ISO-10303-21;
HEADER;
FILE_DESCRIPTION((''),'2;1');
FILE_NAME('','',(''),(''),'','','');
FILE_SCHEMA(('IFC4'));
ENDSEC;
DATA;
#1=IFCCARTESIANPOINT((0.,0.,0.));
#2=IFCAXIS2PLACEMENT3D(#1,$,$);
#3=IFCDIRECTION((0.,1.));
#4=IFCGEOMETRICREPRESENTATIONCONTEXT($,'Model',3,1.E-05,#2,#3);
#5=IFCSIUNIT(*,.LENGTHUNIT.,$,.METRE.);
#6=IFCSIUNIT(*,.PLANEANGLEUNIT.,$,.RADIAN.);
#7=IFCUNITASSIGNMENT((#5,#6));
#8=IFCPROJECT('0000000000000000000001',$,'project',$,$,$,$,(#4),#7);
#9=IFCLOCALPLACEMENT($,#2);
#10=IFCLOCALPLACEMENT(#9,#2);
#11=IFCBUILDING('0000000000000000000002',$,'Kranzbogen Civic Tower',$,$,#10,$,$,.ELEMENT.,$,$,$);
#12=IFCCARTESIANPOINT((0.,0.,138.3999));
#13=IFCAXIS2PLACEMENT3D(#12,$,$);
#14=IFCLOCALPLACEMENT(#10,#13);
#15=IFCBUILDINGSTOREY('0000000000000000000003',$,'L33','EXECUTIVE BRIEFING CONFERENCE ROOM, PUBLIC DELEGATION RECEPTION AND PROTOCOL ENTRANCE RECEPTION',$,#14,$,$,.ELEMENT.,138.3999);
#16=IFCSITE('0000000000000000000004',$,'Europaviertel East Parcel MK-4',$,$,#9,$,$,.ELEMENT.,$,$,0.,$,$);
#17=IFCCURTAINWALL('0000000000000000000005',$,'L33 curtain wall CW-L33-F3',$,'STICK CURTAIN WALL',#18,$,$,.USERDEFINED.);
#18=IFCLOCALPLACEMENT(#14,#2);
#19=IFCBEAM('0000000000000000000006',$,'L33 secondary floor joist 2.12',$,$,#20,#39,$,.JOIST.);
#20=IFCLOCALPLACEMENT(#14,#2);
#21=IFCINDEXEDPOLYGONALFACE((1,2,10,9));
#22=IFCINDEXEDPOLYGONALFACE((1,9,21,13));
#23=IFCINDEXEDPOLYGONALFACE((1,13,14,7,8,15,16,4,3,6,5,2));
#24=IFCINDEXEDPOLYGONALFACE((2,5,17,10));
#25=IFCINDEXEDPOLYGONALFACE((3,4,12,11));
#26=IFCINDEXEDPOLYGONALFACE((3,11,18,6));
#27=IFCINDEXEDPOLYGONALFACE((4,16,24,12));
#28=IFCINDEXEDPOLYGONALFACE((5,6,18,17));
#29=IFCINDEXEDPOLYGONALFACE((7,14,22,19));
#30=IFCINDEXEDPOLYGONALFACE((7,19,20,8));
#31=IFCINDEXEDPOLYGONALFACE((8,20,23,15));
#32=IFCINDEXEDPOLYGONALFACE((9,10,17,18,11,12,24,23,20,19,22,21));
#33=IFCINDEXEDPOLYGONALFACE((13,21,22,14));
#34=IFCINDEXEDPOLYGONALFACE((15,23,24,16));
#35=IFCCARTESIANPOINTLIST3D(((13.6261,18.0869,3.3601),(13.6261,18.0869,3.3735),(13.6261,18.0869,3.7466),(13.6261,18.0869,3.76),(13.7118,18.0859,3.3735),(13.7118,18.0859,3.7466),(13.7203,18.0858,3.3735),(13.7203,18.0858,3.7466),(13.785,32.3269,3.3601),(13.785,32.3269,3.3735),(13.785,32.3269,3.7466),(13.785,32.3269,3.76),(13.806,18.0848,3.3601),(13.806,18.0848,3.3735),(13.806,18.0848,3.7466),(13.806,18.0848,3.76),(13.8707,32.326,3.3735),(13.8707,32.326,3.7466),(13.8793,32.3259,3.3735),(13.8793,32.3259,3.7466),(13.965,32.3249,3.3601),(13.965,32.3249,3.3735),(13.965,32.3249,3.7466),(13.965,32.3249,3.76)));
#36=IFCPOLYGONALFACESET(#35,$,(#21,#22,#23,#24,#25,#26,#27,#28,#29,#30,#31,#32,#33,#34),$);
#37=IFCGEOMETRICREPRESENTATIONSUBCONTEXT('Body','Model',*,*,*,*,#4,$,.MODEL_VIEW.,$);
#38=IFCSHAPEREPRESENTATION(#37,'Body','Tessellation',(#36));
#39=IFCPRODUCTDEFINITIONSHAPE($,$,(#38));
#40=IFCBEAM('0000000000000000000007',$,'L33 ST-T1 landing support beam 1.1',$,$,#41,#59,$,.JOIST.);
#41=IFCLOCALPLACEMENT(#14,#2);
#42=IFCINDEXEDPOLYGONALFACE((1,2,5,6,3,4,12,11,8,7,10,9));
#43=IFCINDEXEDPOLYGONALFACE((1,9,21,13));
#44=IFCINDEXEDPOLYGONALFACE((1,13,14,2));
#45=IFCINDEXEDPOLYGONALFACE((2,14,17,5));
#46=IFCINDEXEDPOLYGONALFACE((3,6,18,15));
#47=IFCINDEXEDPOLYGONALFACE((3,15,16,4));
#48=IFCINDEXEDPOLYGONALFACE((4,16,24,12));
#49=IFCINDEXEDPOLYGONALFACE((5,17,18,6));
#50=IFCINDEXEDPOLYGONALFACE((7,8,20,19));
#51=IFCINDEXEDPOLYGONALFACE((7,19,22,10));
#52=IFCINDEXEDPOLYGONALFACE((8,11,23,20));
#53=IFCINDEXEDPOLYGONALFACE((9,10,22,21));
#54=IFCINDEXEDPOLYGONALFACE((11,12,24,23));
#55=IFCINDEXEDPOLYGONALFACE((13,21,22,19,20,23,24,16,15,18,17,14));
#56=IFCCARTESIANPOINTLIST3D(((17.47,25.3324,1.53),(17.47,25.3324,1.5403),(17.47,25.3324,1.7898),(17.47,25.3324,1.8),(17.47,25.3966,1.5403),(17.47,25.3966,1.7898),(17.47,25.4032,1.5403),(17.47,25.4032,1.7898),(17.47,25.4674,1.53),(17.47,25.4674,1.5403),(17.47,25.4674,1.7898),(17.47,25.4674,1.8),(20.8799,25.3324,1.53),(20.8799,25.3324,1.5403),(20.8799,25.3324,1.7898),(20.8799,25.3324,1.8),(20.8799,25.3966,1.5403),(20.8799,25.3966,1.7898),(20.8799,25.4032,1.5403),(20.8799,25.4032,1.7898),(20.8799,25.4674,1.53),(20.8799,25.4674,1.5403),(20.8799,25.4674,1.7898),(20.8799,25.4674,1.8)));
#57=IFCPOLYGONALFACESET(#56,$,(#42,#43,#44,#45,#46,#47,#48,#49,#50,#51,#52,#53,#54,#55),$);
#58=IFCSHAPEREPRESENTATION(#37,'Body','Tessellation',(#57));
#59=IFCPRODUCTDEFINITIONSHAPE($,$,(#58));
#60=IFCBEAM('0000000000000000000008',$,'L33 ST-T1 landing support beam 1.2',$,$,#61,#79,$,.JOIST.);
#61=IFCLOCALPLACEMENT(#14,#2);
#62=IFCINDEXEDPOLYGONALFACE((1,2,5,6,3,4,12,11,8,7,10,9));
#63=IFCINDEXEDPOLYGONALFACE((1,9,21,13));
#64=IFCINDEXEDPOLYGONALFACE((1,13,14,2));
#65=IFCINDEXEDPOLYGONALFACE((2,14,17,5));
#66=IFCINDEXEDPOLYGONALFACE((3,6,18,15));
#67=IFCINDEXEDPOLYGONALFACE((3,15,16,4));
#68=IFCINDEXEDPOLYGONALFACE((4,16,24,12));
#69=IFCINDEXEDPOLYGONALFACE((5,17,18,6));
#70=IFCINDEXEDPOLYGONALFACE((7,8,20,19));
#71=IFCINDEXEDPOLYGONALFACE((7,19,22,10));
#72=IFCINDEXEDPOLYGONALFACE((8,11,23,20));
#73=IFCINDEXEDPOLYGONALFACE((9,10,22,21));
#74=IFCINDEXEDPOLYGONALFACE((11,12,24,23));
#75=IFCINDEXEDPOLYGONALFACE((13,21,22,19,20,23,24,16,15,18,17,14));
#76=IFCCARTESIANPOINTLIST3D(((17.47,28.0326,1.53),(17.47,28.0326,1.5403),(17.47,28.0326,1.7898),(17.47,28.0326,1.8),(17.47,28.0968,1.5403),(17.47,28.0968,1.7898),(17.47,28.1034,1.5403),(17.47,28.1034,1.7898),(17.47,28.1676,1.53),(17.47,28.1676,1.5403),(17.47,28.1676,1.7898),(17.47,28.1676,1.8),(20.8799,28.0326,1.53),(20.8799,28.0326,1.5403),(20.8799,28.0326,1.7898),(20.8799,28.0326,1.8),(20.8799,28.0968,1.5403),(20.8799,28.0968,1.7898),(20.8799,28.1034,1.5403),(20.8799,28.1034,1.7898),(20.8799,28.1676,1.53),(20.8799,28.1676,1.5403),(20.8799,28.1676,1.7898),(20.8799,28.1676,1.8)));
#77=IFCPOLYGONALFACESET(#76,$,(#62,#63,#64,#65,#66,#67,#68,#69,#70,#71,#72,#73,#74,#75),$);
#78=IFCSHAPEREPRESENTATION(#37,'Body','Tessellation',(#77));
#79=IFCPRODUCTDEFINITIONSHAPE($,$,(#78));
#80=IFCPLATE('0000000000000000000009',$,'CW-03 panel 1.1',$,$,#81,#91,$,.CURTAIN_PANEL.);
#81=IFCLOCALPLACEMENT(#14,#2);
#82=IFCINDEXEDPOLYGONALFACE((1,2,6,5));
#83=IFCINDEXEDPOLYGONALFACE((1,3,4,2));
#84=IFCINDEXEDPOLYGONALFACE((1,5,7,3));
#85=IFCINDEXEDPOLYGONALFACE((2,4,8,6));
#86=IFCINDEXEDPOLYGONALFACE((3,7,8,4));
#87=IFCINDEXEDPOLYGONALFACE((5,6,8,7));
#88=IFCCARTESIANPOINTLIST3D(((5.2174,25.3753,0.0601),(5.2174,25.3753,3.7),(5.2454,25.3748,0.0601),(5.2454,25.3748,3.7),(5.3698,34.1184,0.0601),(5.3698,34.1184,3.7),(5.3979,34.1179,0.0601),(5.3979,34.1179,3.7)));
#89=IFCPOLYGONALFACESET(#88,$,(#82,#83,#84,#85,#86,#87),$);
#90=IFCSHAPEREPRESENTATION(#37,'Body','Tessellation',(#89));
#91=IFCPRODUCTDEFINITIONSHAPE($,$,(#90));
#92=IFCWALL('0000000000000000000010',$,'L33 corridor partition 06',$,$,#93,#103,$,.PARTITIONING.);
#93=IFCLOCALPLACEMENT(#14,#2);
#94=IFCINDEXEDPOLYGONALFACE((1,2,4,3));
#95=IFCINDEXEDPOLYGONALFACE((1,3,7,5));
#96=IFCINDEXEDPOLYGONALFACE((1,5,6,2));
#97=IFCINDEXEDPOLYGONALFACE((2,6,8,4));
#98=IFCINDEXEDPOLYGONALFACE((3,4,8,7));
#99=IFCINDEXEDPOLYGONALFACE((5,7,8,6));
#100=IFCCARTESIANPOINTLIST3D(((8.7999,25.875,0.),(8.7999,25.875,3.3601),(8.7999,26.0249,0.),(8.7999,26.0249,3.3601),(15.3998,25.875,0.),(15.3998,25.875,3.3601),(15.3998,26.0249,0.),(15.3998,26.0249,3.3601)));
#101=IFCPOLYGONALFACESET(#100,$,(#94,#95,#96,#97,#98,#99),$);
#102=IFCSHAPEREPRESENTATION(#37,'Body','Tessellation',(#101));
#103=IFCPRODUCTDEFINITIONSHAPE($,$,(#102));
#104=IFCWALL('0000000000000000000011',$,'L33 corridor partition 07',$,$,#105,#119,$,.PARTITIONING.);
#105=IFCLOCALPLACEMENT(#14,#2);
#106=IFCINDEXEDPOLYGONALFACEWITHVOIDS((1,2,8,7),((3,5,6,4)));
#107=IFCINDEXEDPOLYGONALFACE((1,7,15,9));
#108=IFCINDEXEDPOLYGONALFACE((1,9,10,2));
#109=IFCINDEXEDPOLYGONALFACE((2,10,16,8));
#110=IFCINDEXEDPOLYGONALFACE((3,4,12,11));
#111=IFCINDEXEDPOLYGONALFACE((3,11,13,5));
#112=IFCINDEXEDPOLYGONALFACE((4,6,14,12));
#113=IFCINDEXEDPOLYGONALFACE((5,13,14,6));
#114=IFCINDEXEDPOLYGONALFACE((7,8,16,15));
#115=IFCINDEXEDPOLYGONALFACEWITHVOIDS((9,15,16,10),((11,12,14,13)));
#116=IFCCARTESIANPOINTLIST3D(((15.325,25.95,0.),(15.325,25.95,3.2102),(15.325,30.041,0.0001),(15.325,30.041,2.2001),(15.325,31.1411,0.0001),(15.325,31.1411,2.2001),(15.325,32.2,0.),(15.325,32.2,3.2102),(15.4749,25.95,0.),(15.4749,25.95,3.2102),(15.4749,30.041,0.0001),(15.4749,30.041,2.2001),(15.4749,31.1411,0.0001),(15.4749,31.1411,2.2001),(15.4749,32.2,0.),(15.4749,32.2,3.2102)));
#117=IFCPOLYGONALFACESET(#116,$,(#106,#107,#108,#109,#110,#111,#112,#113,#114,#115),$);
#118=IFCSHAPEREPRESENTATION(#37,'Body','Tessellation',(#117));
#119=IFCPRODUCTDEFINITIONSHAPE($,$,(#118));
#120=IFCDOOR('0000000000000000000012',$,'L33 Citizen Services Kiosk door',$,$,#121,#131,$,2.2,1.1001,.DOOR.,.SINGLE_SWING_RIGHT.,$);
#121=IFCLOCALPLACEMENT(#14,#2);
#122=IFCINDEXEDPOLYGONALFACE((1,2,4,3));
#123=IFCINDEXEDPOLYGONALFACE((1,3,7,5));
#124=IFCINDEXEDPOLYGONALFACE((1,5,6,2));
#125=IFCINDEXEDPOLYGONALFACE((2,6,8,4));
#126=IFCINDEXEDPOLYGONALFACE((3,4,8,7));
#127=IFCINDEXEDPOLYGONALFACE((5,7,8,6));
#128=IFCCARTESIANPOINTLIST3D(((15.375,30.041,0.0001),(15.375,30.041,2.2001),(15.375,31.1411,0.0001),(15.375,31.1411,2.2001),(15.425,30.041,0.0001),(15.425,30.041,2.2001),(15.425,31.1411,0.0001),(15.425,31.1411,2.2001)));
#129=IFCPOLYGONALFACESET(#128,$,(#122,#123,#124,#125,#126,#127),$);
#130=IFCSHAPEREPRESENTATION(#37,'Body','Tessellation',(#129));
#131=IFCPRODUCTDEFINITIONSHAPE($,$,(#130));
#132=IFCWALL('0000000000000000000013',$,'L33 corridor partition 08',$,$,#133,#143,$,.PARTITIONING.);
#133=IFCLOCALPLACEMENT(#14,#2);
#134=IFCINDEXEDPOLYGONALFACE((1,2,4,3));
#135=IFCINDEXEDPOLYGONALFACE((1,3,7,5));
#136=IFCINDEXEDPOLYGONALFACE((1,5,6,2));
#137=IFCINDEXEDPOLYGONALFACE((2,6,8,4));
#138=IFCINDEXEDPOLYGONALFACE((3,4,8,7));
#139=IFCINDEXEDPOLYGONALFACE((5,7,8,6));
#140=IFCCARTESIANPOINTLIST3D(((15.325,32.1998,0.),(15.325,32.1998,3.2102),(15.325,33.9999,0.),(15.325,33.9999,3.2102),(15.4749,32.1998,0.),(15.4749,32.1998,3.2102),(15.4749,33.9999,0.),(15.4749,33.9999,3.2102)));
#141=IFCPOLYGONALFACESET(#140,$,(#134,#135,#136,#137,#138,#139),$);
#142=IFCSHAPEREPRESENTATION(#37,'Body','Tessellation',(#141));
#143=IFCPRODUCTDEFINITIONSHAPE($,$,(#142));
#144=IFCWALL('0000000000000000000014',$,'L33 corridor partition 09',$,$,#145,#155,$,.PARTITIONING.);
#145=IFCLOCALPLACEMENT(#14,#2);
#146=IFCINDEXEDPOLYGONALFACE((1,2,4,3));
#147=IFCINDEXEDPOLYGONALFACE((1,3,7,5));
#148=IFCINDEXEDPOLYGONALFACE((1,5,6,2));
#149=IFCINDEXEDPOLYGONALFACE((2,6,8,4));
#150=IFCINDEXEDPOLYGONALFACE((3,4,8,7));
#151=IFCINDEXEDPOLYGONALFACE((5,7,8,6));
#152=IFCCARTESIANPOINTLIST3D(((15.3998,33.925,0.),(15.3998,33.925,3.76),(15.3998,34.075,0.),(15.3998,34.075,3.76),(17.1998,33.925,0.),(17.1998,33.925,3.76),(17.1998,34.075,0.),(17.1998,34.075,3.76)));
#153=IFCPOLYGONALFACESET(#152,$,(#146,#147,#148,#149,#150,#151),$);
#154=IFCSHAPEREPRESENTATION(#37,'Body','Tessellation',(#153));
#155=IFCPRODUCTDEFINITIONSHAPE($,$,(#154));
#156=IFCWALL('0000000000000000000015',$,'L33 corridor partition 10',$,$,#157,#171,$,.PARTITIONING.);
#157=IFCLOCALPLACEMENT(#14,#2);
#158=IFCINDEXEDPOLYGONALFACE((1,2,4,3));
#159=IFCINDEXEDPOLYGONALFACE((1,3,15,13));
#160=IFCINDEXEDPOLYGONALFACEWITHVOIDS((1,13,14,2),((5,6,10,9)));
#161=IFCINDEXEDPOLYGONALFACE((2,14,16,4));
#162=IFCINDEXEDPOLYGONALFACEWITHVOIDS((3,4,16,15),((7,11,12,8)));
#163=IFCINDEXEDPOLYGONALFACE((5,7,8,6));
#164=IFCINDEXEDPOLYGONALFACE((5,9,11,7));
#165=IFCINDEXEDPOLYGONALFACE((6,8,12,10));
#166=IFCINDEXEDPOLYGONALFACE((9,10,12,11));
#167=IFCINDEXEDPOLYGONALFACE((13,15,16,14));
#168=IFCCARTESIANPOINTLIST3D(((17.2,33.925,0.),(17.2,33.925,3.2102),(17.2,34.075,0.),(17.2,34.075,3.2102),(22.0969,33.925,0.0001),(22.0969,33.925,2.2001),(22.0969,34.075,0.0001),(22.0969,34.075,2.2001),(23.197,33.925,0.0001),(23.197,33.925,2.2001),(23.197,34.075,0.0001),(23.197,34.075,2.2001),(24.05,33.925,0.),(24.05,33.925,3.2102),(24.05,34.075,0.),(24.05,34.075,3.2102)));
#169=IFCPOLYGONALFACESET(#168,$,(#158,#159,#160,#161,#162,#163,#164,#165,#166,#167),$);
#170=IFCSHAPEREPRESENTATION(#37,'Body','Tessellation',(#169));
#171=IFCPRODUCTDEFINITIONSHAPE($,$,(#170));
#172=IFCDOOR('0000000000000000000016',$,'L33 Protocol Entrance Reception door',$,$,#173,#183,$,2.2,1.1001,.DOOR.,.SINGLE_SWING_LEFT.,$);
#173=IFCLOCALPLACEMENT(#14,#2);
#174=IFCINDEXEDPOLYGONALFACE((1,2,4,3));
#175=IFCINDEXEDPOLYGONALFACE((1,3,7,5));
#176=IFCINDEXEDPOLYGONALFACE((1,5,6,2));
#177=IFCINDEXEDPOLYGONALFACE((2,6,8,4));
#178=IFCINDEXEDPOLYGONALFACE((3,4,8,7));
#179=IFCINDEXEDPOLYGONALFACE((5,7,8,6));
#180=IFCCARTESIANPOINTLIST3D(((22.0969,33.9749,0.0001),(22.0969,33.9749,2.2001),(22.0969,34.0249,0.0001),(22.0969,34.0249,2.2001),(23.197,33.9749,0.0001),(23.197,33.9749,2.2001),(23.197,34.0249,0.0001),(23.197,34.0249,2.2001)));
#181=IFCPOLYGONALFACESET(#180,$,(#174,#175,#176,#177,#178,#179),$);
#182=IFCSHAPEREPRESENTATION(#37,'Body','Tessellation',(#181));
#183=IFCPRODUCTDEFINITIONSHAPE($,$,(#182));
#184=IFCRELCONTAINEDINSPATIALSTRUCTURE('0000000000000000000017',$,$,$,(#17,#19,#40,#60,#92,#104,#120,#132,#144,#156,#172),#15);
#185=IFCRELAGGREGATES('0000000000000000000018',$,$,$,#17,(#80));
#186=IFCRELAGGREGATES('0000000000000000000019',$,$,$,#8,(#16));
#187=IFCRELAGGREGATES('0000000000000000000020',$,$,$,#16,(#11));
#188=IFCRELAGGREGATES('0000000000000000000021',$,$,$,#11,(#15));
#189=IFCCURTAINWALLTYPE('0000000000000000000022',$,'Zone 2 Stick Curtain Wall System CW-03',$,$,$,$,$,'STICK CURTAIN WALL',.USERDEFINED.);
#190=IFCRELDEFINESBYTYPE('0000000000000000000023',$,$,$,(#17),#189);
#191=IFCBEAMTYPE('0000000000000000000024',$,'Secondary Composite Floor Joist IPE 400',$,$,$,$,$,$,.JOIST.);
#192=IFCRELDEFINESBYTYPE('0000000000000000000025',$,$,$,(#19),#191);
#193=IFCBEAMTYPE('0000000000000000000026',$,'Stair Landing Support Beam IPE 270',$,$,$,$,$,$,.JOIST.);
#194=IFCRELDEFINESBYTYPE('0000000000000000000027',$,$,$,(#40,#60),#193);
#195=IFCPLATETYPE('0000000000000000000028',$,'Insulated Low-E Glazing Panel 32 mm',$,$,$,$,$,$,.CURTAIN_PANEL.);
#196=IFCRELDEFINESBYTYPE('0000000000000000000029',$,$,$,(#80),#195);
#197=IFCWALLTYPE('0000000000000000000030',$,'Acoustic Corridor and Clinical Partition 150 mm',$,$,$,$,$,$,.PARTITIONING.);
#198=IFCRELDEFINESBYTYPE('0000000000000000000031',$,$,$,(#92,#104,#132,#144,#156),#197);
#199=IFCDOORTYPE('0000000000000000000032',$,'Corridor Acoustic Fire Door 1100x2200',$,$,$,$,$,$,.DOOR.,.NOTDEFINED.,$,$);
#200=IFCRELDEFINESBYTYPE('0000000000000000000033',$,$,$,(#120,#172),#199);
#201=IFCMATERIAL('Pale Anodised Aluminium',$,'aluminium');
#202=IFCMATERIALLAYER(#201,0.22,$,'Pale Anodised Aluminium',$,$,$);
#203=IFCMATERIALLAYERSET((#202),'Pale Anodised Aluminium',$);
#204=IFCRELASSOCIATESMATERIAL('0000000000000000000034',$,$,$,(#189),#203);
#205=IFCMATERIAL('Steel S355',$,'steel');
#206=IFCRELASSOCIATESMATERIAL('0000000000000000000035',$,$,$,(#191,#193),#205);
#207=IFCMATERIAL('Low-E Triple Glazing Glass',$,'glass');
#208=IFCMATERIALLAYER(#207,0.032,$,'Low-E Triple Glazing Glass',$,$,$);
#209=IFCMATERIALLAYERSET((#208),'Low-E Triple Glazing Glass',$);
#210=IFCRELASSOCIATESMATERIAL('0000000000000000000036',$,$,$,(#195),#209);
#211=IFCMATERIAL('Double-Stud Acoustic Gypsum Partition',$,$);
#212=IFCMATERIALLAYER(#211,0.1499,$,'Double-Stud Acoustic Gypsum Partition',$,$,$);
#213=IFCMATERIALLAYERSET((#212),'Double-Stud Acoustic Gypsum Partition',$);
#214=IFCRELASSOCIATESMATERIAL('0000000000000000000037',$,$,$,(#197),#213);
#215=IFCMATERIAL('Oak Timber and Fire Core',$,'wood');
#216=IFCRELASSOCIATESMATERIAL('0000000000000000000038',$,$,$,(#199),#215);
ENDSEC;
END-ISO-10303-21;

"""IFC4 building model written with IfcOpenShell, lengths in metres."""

from ifc_helpers import new_model, si_unit, direction, frame, frame_2d, origin, origin_2d, place, context, subcontext, project, spatial, rectangle, i_section, extrude, material, layer, layer_set, material_profile, profile_set, type_object, element, fill, aggregate, save


model = new_model("IFC4")

# Units and contexts
model_context = context("Model", 3, precision=1e-05, world=origin(), true_north=direction((0.0, 1.0)))
body_context = subcontext(model_context, "Body", "Model", "MODEL_VIEW")
ifc_project = project(units=[si_unit("LENGTHUNIT", "METRE"), si_unit("PLANEANGLEUNIT", "RADIAN")], contexts=[model_context])

# Site, building, storey
site_placement = place(None, origin())
site = spatial("IfcSite", under=ifc_project, at=site_placement, Name="Europaviertel East Parcel MK-4", CompositionType="ELEMENT", RefElevation=0.0)
building_placement = place(site_placement, origin())
building = spatial("IfcBuilding", under=site, at=building_placement, Name="Kranzbogen Civic Tower", CompositionType="ELEMENT")
storey_placement = place(building_placement, frame((0.0, 0.0, 138.3999)))
storey = spatial("IfcBuildingStorey", under=building, at=storey_placement, Name="L33", Description="EXECUTIVE BRIEFING CONFERENCE ROOM, PUBLIC DELEGATION RECEPTION AND PROTOCOL ENTRANCE RECEPTION", CompositionType="ELEMENT", Elevation=138.3999)

# Shared definitions
ifc_material_1 = material(Name="Steel S355", Category="steel")

# Curtain wall
ifc_material_2 = material(Name="Pale Anodised Aluminium", Category="aluminium")
ifc_layer_1 = layer(ifc_material_2, 0.22, Name="Pale Anodised Aluminium")
ifc_layer_set_1 = layer_set([ifc_layer_1], Name="Pale Anodised Aluminium")
curtain_wall_type = type_object("IfcCurtainWallType", Name="Zone 2 Stick Curtain Wall System CW-03", ElementType="STICK CURTAIN WALL", PredefinedType="USERDEFINED", material=ifc_layer_set_1)
curtain_wall_placement = place(storey_placement, origin())
curtain_wall = element("IfcCurtainWall", 1, at=curtain_wall_placement, inside=storey, type_object=curtain_wall_type, Name="L33 curtain wall CW-L33-F3", ObjectType="STICK CURTAIN WALL", PredefinedType="USERDEFINED")

# Beams
ifc_material_profile_1 = material_profile(ifc_material_1, i_section(OverallWidth=0.1799, OverallDepth=0.3999, WebThickness=0.0085, FlangeThickness=0.0134, at=origin_2d()), Name="IPE 400")
ifc_profile_set_1 = profile_set([ifc_material_profile_1], Name="Steel S355")
beam_type_1 = type_object("IfcBeamType", Name="Secondary Composite Floor Joist IPE 400", PredefinedType="JOIST", material=ifc_profile_set_1)
beam_1_placement = place(storey_placement, frame((13.875, 32.3259, 3.5601), z_axis=(-0.011161, -0.999938, 0.0), x_axis=(0.999938, -0.011161, 0.0)))
element("IfcBeam", 2, at=beam_1_placement, inside=storey, type_object=beam_type_1, Name="L33 secondary floor joist 2.12", PredefinedType="JOIST", context=body_context, shape_type="SweptSolid", body=[
    extrude(i_section(OverallWidth=0.1799, OverallDepth=0.3999, WebThickness=0.0085, FlangeThickness=0.0134, at=origin_2d()), origin(), (0.0, 0.0, 1.0), 14.241),
])
ifc_material_profile_2 = material_profile(ifc_material_1, i_section(OverallWidth=0.135, OverallDepth=0.27, WebThickness=0.0066, FlangeThickness=0.0103, at=origin_2d()), Name="IPE 270")
ifc_profile_set_2 = profile_set([ifc_material_profile_2], Name="Steel S355")
beam_type_2 = type_object("IfcBeamType", Name="Stair Landing Support Beam IPE 270", PredefinedType="JOIST", material=ifc_profile_set_2)
for number, where, z_axis, x_axis, name in (
    (3, (20.8799, 25.3999, 1.665), (-1.0, 0.0, 0.0), (0.0, -1.0, 0.0), "L33 ST-T1 landing support beam 1.1"),
    (4, (20.8799, 28.1001, 1.665), (-1.0, 0.0, 0.0), (0.0, -1.0, 0.0), "L33 ST-T1 landing support beam 1.2"),
):
    element("IfcBeam", number, at=place(storey_placement, frame(where, z_axis=z_axis, x_axis=x_axis)), inside=storey, type_object=beam_type_2, Name=name, PredefinedType="JOIST", context=body_context, shape_type="SweptSolid", body=[
        extrude(i_section(OverallWidth=0.135, OverallDepth=0.27, WebThickness=0.0066, FlangeThickness=0.0103, at=origin_2d()), origin(), (0.0, 0.0, 1.0), 3.4099),
    ])

# Plate
ifc_material_3 = material(Name="Low-E Triple Glazing Glass", Category="glass")
ifc_layer_2 = layer(ifc_material_3, 0.032, Name="Low-E Triple Glazing Glass")
ifc_layer_set_2 = layer_set([ifc_layer_2], Name="Low-E Triple Glazing Glass")
plate_type = type_object("IfcPlateType", Name="Insulated Low-E Glazing Panel 32 mm", PredefinedType="CURTAIN_PANEL", material=ifc_layer_set_2)
plate_placement = place(storey_placement, frame((5.3076, 29.7466, 0.0601), z_axis=(0.0, 0.0, 1.0), x_axis=(-0.017432, -0.999848, 0.0)))
plate = element("IfcPlate", 5, at=plate_placement, type_object=plate_type, Name="CW-03 panel 1.1", PredefinedType="CURTAIN_PANEL", context=body_context, shape_type="SweptSolid", body=[
    extrude(rectangle(XDim=8.7444, YDim=0.0281, at=origin_2d()), origin(), (0.0, 0.0, 1.0), 3.6399),
])
aggregate(curtain_wall, [plate])

# Wall
ifc_material_4 = material(Name="Double-Stud Acoustic Gypsum Partition")
ifc_layer_3 = layer(ifc_material_4, 0.1499, Name="Double-Stud Acoustic Gypsum Partition")
ifc_layer_set_3 = layer_set([ifc_layer_3], Name="Double-Stud Acoustic Gypsum Partition")
wall_type_1 = type_object("IfcWallType", Name="Acoustic Corridor and Clinical Partition 150 mm", PredefinedType="PARTITIONING", material=ifc_layer_set_3)
wall_1_placement = place(storey_placement, frame((8.8, 25.95, 0.0), z_axis=(0.0, 0.0, 1.0), x_axis=(1.0, 0.0, 0.0)))
element("IfcWall", 6, at=wall_1_placement, inside=storey, type_object=wall_type_1, Name="L33 corridor partition 06", PredefinedType="PARTITIONING", context=body_context, shape_type="SweptSolid", body=[
    extrude(rectangle(XDim=6.5999, YDim=0.1499, at=frame_2d((3.2998, 0.0))), origin(), (0.0, 0.0, 1.0), 3.3601),
])

# Wall, opening, door
wall_2_placement = place(storey_placement, frame((15.3999, 25.95, 0.0), z_axis=(0.0, 0.0, 1.0), x_axis=(0.0, 1.0, 0.0)))
wall_2 = element("IfcWall", 7, at=wall_2_placement, inside=storey, type_object=wall_type_1, Name="L33 corridor partition 07", PredefinedType="PARTITIONING", context=body_context, shape_type="SweptSolid", body=[
    extrude(rectangle(XDim=6.25, YDim=0.1499, at=frame_2d((3.125, 0.0))), origin(), (0.0, 0.0, 1.0), 3.2102),
])
opening_1_placement = place(wall_2_placement, frame((4.0911, 0.0, 0.0)))
opening_1 = element("IfcOpeningElement", 8, at=opening_1_placement, cuts=wall_2, PredefinedType="OPENING", context=body_context, shape_type="SweptSolid", body=[
    extrude(rectangle(XDim=1.1001, YDim=2.2, at=frame_2d((0.55, 1.1001))), frame((0.0, 0.085, 0.0), z_axis=(0.0, -1.0, 0.0), x_axis=(1.0, 0.0, 0.0)), (0.0, 0.0, 1.0), 0.1699),
])
ifc_material_5 = material(Name="Oak Timber and Fire Core", Category="wood")
door_type_1 = type_object("IfcDoorType", Name="Corridor Acoustic Fire Door 1100x2200", OperationType="NOTDEFINED", PredefinedType="DOOR", material=ifc_material_5)
door_1_placement = place(opening_1_placement, origin())
door_1 = element("IfcDoor", 9, at=door_1_placement, inside=storey, type_object=door_type_1, Name="L33 Citizen Services Kiosk door", OperationType="SINGLE_SWING_RIGHT", OverallHeight=2.2, OverallWidth=1.1001, PredefinedType="DOOR", context=body_context, shape_type="SweptSolid", body=[
    extrude(rectangle(XDim=1.1001, YDim=2.2, at=frame_2d((0.55, 1.1001))), frame((0.0, 0.0249, 0.0), z_axis=(0.0, -1.0, 0.0), x_axis=(1.0, 0.0, 0.0)), (0.0, 0.0, 1.0), 0.05),
])
fill(opening_1, door_1)

# Walls
wall_3_placement = place(storey_placement, frame((15.3999, 32.2, 0.0), z_axis=(0.0, 0.0, 1.0), x_axis=(0.0, 1.0, 0.0)))
element("IfcWall", 10, at=wall_3_placement, inside=storey, type_object=wall_type_1, Name="L33 corridor partition 08", PredefinedType="PARTITIONING", context=body_context, shape_type="SweptSolid", body=[
    extrude(rectangle(XDim=1.8, YDim=0.1499, at=frame_2d((0.8999, 0.0))), origin(), (0.0, 0.0, 1.0), 3.2102),
])
wall_4_placement = place(storey_placement, frame((15.3999, 34.0, 0.0), z_axis=(0.0, 0.0, 1.0), x_axis=(1.0, 0.0, 0.0)))
element("IfcWall", 11, at=wall_4_placement, inside=storey, type_object=wall_type_1, Name="L33 corridor partition 09", PredefinedType="PARTITIONING", context=body_context, shape_type="SweptSolid", body=[
    extrude(rectangle(XDim=1.8, YDim=0.1499, at=frame_2d((0.8999, 0.0))), origin(), (0.0, 0.0, 1.0), 3.76),
])

# Wall, opening, door
wall_5_placement = place(storey_placement, frame((17.2, 34.0, 0.0), z_axis=(0.0, 0.0, 1.0), x_axis=(1.0, 0.0, 0.0)))
wall_5 = element("IfcWall", 12, at=wall_5_placement, inside=storey, type_object=wall_type_1, Name="L33 corridor partition 10", PredefinedType="PARTITIONING", context=body_context, shape_type="SweptSolid", body=[
    extrude(rectangle(XDim=6.8501, YDim=0.1499, at=frame_2d((3.425, 0.0))), origin(), (0.0, 0.0, 1.0), 3.2102),
])
opening_2_placement = place(wall_5_placement, frame((4.897, 0.0, 0.0)))
opening_2 = element("IfcOpeningElement", 13, at=opening_2_placement, cuts=wall_5, PredefinedType="OPENING", context=body_context, shape_type="SweptSolid", body=[
    extrude(rectangle(XDim=1.1001, YDim=2.2, at=frame_2d((0.55, 1.1001))), frame((0.0, 0.085, 0.0), z_axis=(0.0, -1.0, 0.0), x_axis=(1.0, 0.0, 0.0)), (0.0, 0.0, 1.0), 0.1699),
])
door_2_placement = place(opening_2_placement, origin())
door_2 = element("IfcDoor", 14, at=door_2_placement, inside=storey, type_object=door_type_1, Name="L33 Protocol Entrance Reception door", OperationType="SINGLE_SWING_LEFT", OverallHeight=2.2, OverallWidth=1.1001, PredefinedType="DOOR", context=body_context, shape_type="SweptSolid", body=[
    extrude(rectangle(XDim=1.1001, YDim=2.2, at=frame_2d((0.55, 1.1001))), frame((0.0, 0.0249, 0.0), z_axis=(0.0, -1.0, 0.0), x_axis=(1.0, 0.0, 0.0)), (0.0, 0.0, 1.0), 0.05),
])
fill(opening_2, door_2)

save(model, "model.ifc")
